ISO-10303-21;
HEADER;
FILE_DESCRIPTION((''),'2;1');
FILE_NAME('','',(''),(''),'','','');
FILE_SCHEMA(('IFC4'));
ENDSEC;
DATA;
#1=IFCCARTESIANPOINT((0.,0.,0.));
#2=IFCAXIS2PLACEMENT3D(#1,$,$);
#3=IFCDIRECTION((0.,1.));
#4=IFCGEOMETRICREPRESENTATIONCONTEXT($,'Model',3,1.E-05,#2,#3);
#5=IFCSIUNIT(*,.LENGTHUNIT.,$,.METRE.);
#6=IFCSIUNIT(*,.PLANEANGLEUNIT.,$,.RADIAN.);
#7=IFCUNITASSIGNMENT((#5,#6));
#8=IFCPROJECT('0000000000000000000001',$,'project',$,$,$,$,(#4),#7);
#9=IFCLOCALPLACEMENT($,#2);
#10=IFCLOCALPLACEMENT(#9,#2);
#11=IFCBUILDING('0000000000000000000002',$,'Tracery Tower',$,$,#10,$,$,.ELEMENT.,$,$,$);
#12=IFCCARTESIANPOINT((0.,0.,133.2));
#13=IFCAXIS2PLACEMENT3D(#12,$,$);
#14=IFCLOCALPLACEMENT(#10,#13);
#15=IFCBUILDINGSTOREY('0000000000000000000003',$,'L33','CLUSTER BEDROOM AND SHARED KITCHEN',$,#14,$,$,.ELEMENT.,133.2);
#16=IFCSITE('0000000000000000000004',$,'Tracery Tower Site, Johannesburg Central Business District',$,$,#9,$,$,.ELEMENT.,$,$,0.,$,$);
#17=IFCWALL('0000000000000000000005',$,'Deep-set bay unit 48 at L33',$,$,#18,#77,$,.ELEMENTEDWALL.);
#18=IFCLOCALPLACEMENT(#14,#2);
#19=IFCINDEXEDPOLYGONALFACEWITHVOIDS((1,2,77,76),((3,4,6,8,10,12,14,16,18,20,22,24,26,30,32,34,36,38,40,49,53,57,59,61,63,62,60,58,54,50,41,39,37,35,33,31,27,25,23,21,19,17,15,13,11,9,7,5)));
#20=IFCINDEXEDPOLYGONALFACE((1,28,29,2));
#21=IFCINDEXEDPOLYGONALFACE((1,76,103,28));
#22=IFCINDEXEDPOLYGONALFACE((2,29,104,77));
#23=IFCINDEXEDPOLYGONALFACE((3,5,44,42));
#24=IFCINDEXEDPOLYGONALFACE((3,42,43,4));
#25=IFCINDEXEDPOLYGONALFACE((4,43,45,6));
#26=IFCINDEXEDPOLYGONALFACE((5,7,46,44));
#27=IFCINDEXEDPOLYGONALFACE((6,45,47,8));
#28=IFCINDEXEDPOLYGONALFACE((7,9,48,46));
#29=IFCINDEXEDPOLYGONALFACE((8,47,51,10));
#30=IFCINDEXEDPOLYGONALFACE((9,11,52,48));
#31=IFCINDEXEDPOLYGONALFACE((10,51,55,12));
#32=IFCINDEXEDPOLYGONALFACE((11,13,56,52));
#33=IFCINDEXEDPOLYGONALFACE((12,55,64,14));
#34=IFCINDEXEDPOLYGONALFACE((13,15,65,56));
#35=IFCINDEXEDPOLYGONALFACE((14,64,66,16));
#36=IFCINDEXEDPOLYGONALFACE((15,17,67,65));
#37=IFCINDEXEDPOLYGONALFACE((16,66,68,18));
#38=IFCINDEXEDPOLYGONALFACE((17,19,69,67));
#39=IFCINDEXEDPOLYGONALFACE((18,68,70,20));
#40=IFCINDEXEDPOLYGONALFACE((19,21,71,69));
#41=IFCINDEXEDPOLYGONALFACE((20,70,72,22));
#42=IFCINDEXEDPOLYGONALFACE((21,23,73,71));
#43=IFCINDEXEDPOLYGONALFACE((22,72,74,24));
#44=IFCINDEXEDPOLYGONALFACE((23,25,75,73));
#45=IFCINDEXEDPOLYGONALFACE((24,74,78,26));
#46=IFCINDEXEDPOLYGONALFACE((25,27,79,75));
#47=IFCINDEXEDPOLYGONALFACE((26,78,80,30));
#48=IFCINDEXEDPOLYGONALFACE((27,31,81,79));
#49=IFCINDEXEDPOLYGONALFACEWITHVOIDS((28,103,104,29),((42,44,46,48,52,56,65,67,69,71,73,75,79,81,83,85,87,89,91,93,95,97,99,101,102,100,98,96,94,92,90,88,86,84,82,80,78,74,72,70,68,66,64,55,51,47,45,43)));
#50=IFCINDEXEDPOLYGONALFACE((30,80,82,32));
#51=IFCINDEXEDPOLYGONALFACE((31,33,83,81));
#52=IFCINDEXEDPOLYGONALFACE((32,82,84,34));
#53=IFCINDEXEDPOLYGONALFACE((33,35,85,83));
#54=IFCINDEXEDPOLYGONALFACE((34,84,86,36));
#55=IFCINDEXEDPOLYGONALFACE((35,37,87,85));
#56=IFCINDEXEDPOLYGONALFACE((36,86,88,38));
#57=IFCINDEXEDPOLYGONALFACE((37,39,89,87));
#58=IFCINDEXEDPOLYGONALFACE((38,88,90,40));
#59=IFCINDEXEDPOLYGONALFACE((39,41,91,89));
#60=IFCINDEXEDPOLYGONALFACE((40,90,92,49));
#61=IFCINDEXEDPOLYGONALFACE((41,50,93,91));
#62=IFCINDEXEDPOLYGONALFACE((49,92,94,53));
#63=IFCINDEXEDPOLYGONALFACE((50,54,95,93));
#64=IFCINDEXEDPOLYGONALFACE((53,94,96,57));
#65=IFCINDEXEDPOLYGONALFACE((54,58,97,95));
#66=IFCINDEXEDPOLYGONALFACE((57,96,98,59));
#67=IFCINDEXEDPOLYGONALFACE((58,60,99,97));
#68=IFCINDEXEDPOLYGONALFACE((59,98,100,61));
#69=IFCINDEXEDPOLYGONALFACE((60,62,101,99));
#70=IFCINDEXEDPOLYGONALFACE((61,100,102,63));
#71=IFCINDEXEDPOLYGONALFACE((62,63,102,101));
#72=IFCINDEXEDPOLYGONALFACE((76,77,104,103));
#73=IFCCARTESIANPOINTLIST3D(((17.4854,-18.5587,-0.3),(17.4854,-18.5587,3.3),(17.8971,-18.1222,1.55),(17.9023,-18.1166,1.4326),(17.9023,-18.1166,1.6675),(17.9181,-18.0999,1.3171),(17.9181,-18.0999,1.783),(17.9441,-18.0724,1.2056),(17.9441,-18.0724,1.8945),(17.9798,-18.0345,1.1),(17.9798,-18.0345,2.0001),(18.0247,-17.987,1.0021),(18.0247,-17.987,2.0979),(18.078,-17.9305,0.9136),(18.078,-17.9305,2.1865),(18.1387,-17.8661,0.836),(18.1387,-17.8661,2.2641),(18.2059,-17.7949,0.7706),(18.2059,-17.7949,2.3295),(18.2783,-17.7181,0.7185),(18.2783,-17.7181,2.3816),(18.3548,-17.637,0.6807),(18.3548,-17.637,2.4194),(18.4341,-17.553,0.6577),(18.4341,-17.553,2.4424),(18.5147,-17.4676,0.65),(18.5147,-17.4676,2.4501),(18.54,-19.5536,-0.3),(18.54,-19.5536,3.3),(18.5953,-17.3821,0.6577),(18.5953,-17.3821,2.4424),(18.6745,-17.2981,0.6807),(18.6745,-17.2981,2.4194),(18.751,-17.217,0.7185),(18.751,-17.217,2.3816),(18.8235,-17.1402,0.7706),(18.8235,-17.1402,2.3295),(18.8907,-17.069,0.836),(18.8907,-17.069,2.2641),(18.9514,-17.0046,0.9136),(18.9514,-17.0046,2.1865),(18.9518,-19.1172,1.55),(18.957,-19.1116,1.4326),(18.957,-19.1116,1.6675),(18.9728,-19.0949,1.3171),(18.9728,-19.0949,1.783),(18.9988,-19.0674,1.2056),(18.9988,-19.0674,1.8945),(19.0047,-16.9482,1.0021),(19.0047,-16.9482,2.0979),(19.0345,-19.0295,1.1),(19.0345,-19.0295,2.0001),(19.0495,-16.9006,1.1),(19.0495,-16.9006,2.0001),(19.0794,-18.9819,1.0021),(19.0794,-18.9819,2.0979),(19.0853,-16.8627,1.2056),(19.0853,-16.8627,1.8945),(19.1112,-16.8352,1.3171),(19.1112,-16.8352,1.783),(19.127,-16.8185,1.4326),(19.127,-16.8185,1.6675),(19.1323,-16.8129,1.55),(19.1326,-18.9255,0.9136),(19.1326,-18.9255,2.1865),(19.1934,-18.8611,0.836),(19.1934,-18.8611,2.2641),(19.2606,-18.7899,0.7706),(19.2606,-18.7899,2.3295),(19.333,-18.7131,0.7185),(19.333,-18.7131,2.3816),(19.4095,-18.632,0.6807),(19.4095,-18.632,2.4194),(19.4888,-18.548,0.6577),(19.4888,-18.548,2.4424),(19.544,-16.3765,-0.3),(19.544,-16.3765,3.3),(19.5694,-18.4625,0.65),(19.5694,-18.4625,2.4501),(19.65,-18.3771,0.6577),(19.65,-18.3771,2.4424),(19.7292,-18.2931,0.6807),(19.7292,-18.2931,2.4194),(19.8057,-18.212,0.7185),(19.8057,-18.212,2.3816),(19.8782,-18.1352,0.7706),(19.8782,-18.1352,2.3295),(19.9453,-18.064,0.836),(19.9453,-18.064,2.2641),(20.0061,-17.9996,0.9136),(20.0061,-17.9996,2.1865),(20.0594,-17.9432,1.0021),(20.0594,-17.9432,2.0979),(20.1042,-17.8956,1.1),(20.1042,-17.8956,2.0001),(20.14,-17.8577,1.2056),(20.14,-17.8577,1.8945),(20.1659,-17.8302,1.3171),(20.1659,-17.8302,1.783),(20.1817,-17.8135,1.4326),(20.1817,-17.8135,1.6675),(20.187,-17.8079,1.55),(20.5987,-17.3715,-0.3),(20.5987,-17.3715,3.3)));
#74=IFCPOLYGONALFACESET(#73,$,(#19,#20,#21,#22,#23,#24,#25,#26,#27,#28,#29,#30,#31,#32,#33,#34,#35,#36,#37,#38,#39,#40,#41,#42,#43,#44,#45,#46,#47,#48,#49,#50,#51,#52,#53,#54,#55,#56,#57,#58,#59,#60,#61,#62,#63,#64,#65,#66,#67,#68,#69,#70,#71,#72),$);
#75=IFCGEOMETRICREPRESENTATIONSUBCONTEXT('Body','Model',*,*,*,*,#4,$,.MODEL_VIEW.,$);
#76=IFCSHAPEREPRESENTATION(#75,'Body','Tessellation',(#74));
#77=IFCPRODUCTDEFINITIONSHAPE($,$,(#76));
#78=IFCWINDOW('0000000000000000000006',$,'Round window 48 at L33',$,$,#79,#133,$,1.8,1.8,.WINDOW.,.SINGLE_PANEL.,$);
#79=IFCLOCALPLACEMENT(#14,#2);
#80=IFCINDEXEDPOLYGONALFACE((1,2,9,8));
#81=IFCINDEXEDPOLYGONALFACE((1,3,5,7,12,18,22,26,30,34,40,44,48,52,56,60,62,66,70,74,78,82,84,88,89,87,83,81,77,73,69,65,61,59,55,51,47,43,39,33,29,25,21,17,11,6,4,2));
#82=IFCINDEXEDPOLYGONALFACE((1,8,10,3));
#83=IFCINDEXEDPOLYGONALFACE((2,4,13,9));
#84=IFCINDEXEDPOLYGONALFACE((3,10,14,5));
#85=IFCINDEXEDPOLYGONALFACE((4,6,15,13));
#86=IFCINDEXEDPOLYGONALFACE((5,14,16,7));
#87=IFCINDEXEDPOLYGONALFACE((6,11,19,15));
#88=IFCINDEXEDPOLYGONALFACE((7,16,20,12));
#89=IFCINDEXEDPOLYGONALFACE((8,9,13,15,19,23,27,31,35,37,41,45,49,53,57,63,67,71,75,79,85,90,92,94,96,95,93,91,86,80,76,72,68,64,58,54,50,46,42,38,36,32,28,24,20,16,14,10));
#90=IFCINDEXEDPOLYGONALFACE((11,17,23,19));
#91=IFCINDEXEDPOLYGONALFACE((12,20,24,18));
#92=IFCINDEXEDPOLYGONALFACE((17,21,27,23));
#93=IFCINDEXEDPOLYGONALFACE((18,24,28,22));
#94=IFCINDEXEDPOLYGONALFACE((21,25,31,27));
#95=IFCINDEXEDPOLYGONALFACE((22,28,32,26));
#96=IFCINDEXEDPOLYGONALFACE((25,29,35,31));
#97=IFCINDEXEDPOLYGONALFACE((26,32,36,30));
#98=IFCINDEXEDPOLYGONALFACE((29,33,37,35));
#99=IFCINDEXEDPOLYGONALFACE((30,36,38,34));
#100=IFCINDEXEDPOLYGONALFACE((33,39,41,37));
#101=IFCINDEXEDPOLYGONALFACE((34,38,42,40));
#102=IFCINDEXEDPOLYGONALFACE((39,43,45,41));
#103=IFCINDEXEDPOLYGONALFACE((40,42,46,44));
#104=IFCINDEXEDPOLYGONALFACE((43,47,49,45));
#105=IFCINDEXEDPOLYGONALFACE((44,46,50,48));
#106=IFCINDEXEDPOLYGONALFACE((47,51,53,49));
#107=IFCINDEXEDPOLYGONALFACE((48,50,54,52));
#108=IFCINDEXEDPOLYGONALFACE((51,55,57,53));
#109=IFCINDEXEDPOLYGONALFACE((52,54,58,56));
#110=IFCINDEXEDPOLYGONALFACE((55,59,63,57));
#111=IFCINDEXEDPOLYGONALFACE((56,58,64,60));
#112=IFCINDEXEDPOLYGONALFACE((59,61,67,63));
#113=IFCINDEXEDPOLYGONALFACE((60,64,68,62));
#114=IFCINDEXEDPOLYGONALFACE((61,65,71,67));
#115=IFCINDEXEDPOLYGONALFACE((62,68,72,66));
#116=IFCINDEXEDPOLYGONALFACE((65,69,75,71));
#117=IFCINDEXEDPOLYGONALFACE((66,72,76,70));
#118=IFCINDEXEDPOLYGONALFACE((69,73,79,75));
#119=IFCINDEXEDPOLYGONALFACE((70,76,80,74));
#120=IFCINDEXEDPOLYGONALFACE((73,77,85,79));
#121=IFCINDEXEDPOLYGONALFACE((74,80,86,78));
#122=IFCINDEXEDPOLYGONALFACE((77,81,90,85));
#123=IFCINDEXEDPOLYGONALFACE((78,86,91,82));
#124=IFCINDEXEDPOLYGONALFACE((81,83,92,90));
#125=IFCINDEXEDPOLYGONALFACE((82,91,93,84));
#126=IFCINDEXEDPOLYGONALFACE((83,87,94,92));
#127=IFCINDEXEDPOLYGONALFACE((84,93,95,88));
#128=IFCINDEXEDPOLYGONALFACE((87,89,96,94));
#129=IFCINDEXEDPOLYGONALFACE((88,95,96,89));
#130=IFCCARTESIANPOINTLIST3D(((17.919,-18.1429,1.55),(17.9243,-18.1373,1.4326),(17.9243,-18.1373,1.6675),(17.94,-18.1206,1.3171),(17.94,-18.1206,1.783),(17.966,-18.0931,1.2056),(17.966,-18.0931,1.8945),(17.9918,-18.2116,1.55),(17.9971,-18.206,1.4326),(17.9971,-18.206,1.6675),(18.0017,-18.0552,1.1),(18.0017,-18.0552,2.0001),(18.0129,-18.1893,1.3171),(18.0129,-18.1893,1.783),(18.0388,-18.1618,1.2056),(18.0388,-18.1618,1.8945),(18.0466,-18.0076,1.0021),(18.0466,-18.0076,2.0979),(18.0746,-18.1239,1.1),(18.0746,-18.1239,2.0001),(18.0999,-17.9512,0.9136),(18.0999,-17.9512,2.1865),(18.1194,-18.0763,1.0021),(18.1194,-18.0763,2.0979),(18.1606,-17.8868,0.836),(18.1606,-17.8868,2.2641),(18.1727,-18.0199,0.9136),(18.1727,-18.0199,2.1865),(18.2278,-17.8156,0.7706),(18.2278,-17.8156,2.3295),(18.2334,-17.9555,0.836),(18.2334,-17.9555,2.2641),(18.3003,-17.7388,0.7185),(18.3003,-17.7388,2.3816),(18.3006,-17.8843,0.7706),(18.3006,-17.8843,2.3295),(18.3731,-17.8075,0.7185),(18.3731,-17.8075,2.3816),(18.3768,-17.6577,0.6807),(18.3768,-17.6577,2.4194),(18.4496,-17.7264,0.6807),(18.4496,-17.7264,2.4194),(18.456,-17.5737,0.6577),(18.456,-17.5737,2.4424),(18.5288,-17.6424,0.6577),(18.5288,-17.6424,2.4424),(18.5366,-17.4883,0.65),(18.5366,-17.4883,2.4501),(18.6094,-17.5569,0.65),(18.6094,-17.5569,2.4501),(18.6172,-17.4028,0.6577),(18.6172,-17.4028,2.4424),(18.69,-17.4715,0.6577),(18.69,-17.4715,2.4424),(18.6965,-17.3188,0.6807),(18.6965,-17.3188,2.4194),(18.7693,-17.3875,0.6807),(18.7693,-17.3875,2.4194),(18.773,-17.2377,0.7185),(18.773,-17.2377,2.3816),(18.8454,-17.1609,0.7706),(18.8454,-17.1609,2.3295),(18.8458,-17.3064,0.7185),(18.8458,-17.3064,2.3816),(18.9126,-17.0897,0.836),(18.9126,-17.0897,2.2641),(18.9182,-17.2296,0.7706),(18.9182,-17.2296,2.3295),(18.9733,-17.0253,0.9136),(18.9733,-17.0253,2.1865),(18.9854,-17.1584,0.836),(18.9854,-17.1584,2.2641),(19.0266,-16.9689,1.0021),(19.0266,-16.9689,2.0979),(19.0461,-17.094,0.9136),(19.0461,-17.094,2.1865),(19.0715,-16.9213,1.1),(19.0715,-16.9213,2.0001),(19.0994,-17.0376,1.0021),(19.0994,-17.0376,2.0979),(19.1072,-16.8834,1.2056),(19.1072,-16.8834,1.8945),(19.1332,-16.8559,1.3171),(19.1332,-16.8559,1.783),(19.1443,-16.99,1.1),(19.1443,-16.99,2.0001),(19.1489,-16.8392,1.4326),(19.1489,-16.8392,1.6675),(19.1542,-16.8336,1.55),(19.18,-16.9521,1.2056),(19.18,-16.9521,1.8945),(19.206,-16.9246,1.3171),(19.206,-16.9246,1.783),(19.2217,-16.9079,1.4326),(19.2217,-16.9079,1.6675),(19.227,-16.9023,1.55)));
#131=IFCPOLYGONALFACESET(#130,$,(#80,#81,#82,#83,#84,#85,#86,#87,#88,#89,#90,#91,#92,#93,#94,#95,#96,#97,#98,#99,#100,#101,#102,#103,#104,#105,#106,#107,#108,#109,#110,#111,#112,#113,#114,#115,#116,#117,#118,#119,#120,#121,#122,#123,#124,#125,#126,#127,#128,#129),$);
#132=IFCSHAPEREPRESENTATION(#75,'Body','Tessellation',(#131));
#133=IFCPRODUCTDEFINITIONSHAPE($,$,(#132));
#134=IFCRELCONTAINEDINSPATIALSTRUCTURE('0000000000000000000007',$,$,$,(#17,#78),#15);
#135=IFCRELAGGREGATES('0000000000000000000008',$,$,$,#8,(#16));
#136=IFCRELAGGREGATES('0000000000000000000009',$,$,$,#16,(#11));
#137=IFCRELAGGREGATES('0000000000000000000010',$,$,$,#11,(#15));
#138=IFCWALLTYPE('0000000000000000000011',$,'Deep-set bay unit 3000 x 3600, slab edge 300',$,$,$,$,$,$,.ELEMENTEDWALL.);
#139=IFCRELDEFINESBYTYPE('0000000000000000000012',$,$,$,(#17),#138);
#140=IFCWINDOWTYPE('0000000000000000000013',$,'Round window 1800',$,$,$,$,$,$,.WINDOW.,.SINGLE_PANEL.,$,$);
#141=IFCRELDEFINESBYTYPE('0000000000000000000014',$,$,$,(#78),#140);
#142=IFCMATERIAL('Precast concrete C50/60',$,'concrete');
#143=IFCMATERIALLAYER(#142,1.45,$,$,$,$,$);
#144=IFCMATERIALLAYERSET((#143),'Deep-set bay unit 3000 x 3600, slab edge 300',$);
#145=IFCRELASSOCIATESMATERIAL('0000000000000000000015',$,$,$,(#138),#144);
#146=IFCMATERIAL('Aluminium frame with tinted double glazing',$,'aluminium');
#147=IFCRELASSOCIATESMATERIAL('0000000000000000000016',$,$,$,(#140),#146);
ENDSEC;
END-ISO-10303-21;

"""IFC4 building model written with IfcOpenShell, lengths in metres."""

from ifc_helpers import new_model, si_unit, direction, frame, frame_2d, origin, origin_2d, place, context, subcontext, project, spatial, rectangle, circle, extrude, material, layer, layer_set, type_object, element, fill, save


model = new_model("IFC4")

# Units and contexts
model_context = context("Model", 3, precision=1e-05, world=origin(), true_north=direction((0.0, 1.0)))
body_context = subcontext(model_context, "Body", "Model", "MODEL_VIEW")
ifc_project = project(units=[si_unit("LENGTHUNIT", "METRE"), si_unit("PLANEANGLEUNIT", "RADIAN")], contexts=[model_context])

# Site, building, storey
site_placement = place(None, origin())
site = spatial("IfcSite", under=ifc_project, at=site_placement, Name="Tracery Tower Site, Johannesburg Central Business District", CompositionType="ELEMENT", RefElevation=0.0)
building_placement = place(site_placement, origin())
building = spatial("IfcBuilding", under=site, at=building_placement, Name="Tracery Tower", CompositionType="ELEMENT")
storey_placement = place(building_placement, frame((0.0, 0.0, 133.2)))
storey = spatial("IfcBuildingStorey", under=building, at=storey_placement, Name="L33", Description="CLUSTER BEDROOM AND SHARED KITCHEN", CompositionType="ELEMENT", Elevation=133.2)

# Wall, opening, window
ifc_material_1 = material(Name="Precast concrete C50/60", Category="concrete")
ifc_layer_1 = layer(ifc_material_1, 1.45)
ifc_layer_set_1 = layer_set([ifc_layer_1], Name="Deep-set bay unit 3000 x 3600, slab edge 300")
wall_type_1 = type_object("IfcWallType", Name="Deep-set bay unit 3000 x 3600, slab edge 300", PredefinedType="ELEMENTEDWALL", material=ifc_layer_set_1)
ifc_material_2 = material(Name="Aluminium frame with tinted double glazing", Category="aluminium")
window_type = type_object("IfcWindowType", Name="Round window 1800", PartitioningType="SINGLE_PANEL", PredefinedType="WINDOW", material=ifc_material_2)
wall_1_placement = place(storey_placement, frame((18.0127, -19.0562, -0.3), z_axis=(0.0, 0.0, 1.0), x_axis=(0.686217, 0.727397, 0.0)))
wall_1 = element("IfcWall", 1, at=wall_1_placement, inside=storey, type_object=wall_type_1, Name="Deep-set bay unit 48 at L33", PredefinedType="ELEMENTEDWALL", context=body_context, shape_type="SweptSolid", body=[
    extrude(rectangle(XDim=3.0, YDim=1.45, at=frame_2d((1.5, 0.0))), origin(), (0.0, 0.0, 1.0), 3.6001),
])
opening_1_placement = place(wall_1_placement, frame((1.5, 0.0, 1.8501)))
opening_1 = element("IfcOpeningElement", 2, at=opening_1_placement, cuts=wall_1, PredefinedType="OPENING", context=body_context, shape_type="SweptSolid", body=[
    extrude(circle(Radius=0.9, at=origin_2d()), frame((0.0, 0.7349, 0.0), z_axis=(0.0, -1.0, 0.0), x_axis=(1.0, 0.0, 0.0)), (0.0, 0.0, 1.0), 1.47),
])
window_1_placement = place(opening_1_placement, origin())
window_1 = element("IfcWindow", 3, at=window_1_placement, inside=storey, type_object=window_type, Name="Round window 48 at L33", OverallHeight=1.8, OverallWidth=1.8, PartitioningType="SINGLE_PANEL", PredefinedType="WINDOW", context=body_context, shape_type="SweptSolid", body=[
    extrude(circle(Radius=0.9, at=origin_2d()), frame((0.0, 0.6948, 0.0), z_axis=(0.0, -1.0, 0.0), x_axis=(1.0, 0.0, 0.0)), (0.0, 0.0, 1.0), 0.1001),
])
fill(opening_1, window_1)

save(model, "model.ifc")
